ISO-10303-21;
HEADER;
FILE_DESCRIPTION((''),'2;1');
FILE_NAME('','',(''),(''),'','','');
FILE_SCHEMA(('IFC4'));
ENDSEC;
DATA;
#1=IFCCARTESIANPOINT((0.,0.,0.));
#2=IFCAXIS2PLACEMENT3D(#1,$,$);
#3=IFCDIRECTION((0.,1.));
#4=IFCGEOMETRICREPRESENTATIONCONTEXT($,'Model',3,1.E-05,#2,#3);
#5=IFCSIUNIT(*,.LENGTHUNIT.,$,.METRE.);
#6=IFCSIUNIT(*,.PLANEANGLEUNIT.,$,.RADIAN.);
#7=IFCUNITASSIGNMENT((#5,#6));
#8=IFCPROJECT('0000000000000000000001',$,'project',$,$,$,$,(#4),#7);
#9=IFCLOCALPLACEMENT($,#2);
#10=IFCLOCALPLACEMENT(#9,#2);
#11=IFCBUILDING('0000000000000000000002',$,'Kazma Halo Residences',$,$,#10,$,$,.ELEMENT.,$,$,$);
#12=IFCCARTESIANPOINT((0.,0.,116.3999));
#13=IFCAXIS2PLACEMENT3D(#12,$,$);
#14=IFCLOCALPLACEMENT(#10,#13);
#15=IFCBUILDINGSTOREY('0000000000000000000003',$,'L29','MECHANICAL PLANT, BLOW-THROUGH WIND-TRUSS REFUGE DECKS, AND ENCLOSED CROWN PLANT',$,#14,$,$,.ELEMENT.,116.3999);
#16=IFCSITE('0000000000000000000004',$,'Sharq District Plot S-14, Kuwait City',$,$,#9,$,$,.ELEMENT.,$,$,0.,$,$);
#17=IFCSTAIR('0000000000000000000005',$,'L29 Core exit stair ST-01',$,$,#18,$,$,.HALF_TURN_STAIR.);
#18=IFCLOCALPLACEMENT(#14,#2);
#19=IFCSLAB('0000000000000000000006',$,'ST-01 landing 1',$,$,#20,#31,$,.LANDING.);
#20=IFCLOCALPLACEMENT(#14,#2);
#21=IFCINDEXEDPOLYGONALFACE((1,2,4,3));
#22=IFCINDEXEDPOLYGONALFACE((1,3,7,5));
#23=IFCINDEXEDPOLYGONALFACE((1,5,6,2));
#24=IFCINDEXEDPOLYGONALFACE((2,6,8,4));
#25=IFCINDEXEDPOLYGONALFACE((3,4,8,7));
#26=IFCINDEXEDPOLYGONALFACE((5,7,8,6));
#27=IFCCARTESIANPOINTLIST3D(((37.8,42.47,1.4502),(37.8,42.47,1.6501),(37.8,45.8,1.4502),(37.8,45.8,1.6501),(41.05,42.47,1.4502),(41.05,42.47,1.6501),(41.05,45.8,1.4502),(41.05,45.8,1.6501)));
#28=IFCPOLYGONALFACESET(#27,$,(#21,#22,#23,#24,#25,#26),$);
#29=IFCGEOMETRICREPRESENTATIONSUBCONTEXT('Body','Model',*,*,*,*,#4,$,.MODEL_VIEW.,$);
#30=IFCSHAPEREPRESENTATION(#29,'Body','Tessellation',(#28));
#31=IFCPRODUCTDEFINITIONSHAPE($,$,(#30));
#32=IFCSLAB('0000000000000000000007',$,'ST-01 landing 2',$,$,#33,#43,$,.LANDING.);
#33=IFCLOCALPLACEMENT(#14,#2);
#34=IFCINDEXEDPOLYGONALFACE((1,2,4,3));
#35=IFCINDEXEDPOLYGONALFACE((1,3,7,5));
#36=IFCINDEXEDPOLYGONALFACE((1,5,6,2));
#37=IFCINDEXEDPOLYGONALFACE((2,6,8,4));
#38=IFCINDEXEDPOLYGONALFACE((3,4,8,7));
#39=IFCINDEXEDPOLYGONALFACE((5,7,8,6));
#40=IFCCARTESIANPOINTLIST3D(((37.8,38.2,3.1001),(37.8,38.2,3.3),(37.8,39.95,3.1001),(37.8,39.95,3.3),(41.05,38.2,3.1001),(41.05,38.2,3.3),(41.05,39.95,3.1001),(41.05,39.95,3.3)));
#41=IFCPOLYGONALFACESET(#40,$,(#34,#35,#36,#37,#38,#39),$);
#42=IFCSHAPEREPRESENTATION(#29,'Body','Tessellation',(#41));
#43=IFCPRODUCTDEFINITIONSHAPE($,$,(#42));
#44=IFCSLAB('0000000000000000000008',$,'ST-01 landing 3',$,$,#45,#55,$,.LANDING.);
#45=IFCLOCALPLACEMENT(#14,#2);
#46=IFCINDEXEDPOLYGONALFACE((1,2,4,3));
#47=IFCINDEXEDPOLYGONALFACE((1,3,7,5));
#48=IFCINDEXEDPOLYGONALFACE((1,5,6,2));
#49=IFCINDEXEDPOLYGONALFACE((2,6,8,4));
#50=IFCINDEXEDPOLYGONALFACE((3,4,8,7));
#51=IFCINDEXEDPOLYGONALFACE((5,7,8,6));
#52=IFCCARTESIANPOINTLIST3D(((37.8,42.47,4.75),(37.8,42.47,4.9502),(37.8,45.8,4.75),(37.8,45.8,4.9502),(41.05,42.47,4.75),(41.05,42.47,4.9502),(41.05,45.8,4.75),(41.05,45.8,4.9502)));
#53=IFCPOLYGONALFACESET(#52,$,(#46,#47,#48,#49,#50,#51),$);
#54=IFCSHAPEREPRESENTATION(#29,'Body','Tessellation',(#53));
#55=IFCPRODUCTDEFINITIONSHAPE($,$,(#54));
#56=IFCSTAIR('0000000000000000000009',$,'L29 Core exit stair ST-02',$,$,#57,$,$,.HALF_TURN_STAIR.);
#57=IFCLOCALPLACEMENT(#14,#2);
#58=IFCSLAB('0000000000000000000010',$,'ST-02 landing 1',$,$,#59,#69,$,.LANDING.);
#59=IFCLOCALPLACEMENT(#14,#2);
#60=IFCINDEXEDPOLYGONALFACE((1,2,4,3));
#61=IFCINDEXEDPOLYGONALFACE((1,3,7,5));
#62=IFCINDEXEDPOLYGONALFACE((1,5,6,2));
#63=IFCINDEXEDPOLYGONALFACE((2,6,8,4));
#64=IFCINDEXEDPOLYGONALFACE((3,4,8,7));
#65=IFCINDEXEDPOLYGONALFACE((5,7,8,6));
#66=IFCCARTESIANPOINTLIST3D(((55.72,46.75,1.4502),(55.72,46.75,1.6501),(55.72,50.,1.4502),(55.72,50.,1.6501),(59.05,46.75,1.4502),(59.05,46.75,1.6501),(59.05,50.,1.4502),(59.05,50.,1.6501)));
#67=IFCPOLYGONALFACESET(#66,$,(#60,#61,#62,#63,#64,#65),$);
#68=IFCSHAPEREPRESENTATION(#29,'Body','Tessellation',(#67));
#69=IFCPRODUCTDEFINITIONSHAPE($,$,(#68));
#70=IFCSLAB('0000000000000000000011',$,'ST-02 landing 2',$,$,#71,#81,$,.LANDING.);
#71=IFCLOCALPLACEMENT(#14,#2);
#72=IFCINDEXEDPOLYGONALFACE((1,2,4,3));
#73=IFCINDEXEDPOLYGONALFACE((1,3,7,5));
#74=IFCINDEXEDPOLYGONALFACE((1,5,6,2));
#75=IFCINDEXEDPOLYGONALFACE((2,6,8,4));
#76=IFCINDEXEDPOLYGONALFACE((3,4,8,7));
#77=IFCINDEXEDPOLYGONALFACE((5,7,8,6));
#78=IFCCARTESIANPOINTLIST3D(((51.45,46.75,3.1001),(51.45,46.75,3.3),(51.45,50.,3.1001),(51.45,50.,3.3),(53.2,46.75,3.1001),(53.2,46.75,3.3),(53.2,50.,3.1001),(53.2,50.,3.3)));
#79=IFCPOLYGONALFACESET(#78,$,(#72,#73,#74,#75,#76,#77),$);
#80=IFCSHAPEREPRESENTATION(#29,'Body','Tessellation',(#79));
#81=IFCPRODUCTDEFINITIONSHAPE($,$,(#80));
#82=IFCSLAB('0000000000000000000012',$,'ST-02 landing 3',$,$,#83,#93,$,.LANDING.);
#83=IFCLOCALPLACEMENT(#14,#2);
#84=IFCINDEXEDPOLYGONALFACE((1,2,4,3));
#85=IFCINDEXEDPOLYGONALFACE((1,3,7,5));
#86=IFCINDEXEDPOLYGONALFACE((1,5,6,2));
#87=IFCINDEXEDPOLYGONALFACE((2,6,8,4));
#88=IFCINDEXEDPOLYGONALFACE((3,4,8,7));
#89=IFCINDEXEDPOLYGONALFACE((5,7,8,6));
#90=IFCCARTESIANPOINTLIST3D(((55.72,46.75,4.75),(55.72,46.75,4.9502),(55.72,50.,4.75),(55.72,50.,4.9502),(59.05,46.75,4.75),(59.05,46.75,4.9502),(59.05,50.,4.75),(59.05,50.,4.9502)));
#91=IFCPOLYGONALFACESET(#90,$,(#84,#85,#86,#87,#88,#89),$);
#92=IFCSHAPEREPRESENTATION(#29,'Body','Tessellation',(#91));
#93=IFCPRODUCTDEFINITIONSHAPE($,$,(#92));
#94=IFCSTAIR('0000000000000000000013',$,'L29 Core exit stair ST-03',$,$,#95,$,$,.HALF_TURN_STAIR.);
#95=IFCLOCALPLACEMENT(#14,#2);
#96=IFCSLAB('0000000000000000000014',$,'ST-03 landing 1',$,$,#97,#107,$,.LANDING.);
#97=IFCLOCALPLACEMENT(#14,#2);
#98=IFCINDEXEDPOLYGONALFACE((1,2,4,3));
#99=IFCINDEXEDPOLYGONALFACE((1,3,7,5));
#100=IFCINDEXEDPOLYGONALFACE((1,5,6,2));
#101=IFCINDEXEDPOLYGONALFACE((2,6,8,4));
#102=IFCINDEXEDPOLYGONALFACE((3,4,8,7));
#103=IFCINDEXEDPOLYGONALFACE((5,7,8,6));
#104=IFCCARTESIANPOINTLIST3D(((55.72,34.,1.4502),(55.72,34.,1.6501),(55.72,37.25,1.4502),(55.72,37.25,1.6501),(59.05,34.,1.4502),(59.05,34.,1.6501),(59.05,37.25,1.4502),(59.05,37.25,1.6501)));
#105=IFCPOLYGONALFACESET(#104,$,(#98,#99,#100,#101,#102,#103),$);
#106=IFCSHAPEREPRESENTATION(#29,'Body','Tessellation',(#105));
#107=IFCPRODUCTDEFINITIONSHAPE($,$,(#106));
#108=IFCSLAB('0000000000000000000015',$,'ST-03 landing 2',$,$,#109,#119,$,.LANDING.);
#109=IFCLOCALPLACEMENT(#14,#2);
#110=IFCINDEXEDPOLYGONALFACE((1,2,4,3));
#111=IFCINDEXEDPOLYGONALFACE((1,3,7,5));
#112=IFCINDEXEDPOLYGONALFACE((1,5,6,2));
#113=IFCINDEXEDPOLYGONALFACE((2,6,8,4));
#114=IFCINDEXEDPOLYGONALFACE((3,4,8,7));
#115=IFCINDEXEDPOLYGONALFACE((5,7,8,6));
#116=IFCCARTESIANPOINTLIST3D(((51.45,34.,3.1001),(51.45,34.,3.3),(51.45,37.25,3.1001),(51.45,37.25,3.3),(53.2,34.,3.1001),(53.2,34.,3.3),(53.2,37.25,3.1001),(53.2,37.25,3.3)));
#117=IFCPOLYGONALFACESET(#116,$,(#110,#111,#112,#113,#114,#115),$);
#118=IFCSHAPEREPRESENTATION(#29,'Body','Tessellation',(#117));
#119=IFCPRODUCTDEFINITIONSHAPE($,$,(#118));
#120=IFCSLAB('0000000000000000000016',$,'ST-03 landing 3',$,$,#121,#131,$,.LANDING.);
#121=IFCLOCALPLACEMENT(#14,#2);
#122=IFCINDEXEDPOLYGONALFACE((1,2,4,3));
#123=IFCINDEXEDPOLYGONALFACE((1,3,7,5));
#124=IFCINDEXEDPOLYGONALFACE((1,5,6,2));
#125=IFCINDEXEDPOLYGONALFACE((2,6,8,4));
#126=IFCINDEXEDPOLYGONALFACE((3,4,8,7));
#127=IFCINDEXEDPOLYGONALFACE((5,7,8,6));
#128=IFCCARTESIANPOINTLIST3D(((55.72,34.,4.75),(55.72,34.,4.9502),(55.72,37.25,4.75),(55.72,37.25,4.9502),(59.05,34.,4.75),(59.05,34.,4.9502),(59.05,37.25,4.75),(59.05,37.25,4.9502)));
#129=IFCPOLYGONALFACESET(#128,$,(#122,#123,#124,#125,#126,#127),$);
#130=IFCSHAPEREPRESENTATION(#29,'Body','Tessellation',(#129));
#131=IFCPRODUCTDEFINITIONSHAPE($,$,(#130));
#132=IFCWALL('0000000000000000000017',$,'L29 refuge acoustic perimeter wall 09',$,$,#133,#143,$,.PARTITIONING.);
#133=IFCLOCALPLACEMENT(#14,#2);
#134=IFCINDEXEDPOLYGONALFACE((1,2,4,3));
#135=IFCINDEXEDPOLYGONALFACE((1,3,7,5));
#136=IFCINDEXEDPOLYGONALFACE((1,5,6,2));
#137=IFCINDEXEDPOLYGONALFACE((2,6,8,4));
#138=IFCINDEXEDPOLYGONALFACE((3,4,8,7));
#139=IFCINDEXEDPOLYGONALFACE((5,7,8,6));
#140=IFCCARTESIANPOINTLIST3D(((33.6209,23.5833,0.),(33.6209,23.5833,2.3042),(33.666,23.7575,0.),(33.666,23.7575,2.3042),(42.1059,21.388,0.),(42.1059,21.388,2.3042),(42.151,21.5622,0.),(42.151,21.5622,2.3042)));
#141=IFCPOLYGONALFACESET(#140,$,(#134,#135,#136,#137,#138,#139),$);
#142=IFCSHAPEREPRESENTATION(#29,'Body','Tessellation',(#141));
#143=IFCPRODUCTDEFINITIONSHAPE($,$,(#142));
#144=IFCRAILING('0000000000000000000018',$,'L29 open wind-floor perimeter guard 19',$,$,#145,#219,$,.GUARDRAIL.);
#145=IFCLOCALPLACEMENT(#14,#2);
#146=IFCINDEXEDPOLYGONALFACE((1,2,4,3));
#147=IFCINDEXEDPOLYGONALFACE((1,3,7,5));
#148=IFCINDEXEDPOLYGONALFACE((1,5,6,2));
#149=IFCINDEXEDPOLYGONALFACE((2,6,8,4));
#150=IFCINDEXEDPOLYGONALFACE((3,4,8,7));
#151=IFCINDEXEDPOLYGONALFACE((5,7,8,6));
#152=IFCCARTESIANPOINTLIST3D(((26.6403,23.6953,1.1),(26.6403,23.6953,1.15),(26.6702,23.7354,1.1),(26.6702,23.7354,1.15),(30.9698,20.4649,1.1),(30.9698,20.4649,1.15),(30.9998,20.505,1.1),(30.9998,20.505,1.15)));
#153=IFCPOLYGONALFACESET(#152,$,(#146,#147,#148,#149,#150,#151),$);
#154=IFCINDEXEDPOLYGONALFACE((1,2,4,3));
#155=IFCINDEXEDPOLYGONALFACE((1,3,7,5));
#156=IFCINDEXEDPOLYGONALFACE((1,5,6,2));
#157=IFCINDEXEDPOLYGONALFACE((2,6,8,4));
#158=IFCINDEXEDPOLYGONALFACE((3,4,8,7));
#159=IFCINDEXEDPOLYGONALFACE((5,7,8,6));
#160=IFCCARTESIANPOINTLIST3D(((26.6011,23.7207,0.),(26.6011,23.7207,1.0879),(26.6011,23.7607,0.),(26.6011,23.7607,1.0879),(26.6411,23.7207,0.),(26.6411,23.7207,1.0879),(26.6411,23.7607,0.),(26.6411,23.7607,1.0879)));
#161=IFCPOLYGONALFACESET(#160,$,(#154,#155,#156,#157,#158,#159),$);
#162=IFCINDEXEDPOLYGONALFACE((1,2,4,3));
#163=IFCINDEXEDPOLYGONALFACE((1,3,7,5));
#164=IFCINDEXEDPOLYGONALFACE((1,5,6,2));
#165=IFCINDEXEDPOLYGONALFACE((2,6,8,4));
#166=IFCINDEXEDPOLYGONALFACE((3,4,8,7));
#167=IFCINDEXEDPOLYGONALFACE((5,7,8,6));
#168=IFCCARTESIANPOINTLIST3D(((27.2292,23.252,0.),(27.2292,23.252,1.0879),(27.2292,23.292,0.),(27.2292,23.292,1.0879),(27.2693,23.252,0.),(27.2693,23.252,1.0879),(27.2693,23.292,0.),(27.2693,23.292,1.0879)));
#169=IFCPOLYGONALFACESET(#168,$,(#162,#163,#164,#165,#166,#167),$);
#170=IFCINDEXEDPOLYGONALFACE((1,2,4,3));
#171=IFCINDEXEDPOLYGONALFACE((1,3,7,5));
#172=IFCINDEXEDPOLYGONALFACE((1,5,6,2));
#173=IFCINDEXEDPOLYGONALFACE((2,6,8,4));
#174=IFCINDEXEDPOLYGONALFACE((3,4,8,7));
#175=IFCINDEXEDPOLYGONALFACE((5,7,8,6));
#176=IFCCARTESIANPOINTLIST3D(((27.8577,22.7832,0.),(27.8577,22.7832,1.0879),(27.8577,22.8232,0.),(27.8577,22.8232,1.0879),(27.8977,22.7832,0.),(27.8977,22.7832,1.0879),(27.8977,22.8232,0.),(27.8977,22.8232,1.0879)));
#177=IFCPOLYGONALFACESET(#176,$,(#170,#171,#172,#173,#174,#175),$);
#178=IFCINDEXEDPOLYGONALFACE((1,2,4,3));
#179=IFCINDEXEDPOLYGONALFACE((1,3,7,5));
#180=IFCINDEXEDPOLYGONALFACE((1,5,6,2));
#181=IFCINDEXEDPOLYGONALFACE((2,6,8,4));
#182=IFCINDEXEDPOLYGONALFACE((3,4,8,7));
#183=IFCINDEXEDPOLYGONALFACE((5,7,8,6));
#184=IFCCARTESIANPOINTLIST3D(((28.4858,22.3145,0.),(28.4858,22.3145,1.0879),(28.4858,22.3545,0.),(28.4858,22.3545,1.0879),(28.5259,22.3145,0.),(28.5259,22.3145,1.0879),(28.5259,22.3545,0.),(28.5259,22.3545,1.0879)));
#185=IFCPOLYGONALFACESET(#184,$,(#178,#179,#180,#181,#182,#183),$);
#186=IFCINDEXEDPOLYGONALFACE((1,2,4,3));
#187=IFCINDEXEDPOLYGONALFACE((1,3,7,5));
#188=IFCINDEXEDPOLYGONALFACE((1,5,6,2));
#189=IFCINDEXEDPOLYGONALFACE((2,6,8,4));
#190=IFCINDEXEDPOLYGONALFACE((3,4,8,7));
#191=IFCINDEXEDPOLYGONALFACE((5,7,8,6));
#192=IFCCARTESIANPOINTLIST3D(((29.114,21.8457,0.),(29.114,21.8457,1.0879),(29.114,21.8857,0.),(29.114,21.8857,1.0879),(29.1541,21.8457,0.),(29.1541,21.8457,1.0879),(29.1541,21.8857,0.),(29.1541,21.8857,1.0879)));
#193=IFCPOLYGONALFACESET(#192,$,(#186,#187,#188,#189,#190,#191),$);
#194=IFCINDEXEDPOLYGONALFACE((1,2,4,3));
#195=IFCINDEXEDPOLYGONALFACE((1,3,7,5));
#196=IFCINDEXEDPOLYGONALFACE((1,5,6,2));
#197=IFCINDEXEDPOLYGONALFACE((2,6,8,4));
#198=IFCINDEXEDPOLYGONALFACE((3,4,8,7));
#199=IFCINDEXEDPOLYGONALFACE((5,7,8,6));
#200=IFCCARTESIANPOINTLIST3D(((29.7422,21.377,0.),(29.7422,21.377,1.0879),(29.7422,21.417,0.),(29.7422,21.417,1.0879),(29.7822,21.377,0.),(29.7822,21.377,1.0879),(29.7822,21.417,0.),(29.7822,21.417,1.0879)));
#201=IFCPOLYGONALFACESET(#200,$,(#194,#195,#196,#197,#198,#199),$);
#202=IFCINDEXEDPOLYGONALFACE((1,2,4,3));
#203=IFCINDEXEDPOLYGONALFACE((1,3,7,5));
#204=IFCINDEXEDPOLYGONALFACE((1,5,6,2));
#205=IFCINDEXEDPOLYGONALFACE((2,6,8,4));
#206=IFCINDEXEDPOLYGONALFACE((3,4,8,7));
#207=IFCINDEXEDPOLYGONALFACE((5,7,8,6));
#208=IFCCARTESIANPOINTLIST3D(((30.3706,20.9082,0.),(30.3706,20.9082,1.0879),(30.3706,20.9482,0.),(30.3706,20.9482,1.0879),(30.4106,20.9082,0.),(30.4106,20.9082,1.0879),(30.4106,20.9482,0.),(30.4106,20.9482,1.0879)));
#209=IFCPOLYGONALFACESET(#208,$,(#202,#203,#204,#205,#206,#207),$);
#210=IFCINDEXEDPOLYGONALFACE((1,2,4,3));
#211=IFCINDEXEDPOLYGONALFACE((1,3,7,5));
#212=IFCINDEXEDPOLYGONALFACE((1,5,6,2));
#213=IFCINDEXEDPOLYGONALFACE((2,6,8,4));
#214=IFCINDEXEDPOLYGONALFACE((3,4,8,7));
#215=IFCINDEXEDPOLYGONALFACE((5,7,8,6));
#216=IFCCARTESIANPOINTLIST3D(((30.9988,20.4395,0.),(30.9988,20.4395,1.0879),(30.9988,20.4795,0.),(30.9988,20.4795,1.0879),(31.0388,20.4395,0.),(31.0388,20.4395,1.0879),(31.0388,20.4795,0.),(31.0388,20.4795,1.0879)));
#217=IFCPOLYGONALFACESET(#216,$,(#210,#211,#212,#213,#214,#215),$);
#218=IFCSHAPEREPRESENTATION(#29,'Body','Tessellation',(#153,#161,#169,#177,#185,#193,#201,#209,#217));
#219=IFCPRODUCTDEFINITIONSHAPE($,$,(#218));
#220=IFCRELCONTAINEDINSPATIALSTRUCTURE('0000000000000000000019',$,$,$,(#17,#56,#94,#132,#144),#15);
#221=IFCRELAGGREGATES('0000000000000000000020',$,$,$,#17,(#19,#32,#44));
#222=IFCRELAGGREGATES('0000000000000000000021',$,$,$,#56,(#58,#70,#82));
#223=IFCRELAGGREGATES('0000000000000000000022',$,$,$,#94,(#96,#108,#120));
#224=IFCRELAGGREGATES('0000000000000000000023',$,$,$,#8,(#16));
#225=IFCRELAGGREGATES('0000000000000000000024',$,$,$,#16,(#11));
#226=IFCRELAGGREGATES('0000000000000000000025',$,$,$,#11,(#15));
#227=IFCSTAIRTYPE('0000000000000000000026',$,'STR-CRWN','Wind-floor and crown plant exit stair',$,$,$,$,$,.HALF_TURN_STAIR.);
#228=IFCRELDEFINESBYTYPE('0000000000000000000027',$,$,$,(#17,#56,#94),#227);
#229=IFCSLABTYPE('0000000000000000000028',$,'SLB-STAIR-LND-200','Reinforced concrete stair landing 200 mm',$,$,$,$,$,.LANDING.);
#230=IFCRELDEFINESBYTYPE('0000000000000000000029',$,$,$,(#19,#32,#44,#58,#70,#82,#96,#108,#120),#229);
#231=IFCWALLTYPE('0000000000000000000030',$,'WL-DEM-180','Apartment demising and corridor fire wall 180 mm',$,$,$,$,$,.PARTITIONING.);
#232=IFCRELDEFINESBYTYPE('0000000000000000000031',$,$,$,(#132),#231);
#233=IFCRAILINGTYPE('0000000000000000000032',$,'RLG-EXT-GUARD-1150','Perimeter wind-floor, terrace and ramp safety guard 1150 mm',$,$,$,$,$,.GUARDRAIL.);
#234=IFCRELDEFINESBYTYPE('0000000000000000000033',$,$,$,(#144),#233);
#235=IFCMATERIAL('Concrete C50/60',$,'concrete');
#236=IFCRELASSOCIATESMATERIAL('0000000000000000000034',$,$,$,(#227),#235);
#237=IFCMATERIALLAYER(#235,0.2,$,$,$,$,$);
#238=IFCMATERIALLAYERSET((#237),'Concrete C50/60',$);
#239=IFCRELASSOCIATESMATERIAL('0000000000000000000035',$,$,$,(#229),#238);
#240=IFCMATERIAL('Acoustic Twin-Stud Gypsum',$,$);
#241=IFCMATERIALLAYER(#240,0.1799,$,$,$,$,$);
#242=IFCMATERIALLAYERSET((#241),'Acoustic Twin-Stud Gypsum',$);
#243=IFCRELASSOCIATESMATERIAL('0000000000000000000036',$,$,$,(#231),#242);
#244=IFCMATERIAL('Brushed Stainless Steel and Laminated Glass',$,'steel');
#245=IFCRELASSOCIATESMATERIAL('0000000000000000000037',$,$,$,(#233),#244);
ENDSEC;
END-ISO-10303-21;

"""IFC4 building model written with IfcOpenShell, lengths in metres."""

from ifc_helpers import new_model, si_unit, direction, frame, frame_2d, origin, origin_2d, place, context, subcontext, project, spatial, polyline, rectangle, outline, extrude, material, layer, layer_set, type_object, element, aggregate, save


model = new_model("IFC4")

# Units and contexts
model_context = context("Model", 3, precision=1e-05, world=origin(), true_north=direction((0.0, 1.0)))
body_context = subcontext(model_context, "Body", "Model", "MODEL_VIEW")
ifc_project = project(units=[si_unit("LENGTHUNIT", "METRE"), si_unit("PLANEANGLEUNIT", "RADIAN")], contexts=[model_context])

# Site, building, storey
site_placement = place(None, origin())
site = spatial("IfcSite", under=ifc_project, at=site_placement, Name="Sharq District Plot S-14, Kuwait City", CompositionType="ELEMENT", RefElevation=0.0)
building_placement = place(site_placement, origin())
building = spatial("IfcBuilding", under=site, at=building_placement, Name="Kazma Halo Residences", CompositionType="ELEMENT")
storey_placement = place(building_placement, frame((0.0, 0.0, 116.3999)))
storey = spatial("IfcBuildingStorey", under=building, at=storey_placement, Name="L29", Description="MECHANICAL PLANT, BLOW-THROUGH WIND-TRUSS REFUGE DECKS, AND ENCLOSED CROWN PLANT", CompositionType="ELEMENT", Elevation=116.3999)

# Shared definitions
ifc_material_1 = material(Name="Concrete C50/60", Category="concrete")

# Stairs, slabs
stair_type = type_object("IfcStairType", Name="STR-CRWN", Description="Wind-floor and crown plant exit stair", PredefinedType="HALF_TURN_STAIR", material=ifc_material_1)
stair_1_placement = place(storey_placement, origin())
stair_1 = element("IfcStair", 1, at=stair_1_placement, inside=storey, type_object=stair_type, Name="L29 Core exit stair ST-01", PredefinedType="HALF_TURN_STAIR")
ifc_layer_1 = layer(ifc_material_1, 0.2)
ifc_layer_set_1 = layer_set([ifc_layer_1], Name="Concrete C50/60")
slab_type_1 = type_object("IfcSlabType", Name="SLB-STAIR-LND-200", Description="Reinforced concrete stair landing 200 mm", PredefinedType="LANDING", material=ifc_layer_set_1)
slab_1_placement = place(storey_placement, frame((0.0, 0.0, 1.4502)))
slab_1 = element("IfcSlab", 2, at=slab_1_placement, type_object=slab_type_1, Name="ST-01 landing 1", PredefinedType="LANDING", context=body_context, shape_type="SweptSolid", body=[
    extrude(outline(polyline([(41.05, 42.47), (41.05, 45.8), (37.8, 45.8), (37.8, 42.47), (41.05, 42.47)])), origin(), (0.0, 0.0, 1.0), 0.2),
])
slab_2_placement = place(storey_placement, frame((0.0, 0.0, 3.1001)))
slab_2 = element("IfcSlab", 3, at=slab_2_placement, type_object=slab_type_1, Name="ST-01 landing 2", PredefinedType="LANDING", context=body_context, shape_type="SweptSolid", body=[
    extrude(outline(polyline([(41.05, 38.2), (41.05, 39.95), (37.8, 39.95), (37.8, 38.2), (41.05, 38.2)])), origin(), (0.0, 0.0, 1.0), 0.2),
])
slab_3_placement = place(storey_placement, frame((0.0, 0.0, 4.75)))
slab_3 = element("IfcSlab", 4, at=slab_3_placement, type_object=slab_type_1, Name="ST-01 landing 3", PredefinedType="LANDING", context=body_context, shape_type="SweptSolid", body=[
    extrude(outline(polyline([(41.05, 42.47), (41.05, 45.8), (37.8, 45.8), (37.8, 42.47), (41.05, 42.47)])), origin(), (0.0, 0.0, 1.0), 0.2002),
])
aggregate(stair_1, [slab_1, slab_2, slab_3])
stair_2_placement = place(storey_placement, origin())
stair_2 = element("IfcStair", 5, at=stair_2_placement, inside=storey, type_object=stair_type, Name="L29 Core exit stair ST-02", PredefinedType="HALF_TURN_STAIR")
slab_4_placement = place(storey_placement, frame((0.0, 0.0, 1.4502)))
slab_4 = element("IfcSlab", 6, at=slab_4_placement, type_object=slab_type_1, Name="ST-02 landing 1", PredefinedType="LANDING", context=body_context, shape_type="SweptSolid", body=[
    extrude(outline(polyline([(55.72, 46.75), (59.05, 46.75), (59.05, 50.0), (55.72, 50.0), (55.72, 46.75)])), origin(), (0.0, 0.0, 1.0), 0.2),
])
slab_5_placement = place(storey_placement, frame((0.0, 0.0, 3.1001)))
slab_5 = element("IfcSlab", 7, at=slab_5_placement, type_object=slab_type_1, Name="ST-02 landing 2", PredefinedType="LANDING", context=body_context, shape_type="SweptSolid", body=[
    extrude(outline(polyline([(51.45, 46.75), (53.2, 46.75), (53.2, 50.0), (51.45, 50.0), (51.45, 46.75)])), origin(), (0.0, 0.0, 1.0), 0.2),
])
slab_6_placement = place(storey_placement, frame((0.0, 0.0, 4.75)))
slab_6 = element("IfcSlab", 8, at=slab_6_placement, type_object=slab_type_1, Name="ST-02 landing 3", PredefinedType="LANDING", context=body_context, shape_type="SweptSolid", body=[
    extrude(outline(polyline([(55.72, 46.75), (59.05, 46.75), (59.05, 50.0), (55.72, 50.0), (55.72, 46.75)])), origin(), (0.0, 0.0, 1.0), 0.2002),
])
aggregate(stair_2, [slab_4, slab_5, slab_6])
stair_3_placement = place(storey_placement, origin())
stair_3 = element("IfcStair", 9, at=stair_3_placement, inside=storey, type_object=stair_type, Name="L29 Core exit stair ST-03", PredefinedType="HALF_TURN_STAIR")
slab_7_placement = place(storey_placement, frame((0.0, 0.0, 1.4502)))
slab_7 = element("IfcSlab", 10, at=slab_7_placement, type_object=slab_type_1, Name="ST-03 landing 1", PredefinedType="LANDING", context=body_context, shape_type="SweptSolid", body=[
    extrude(outline(polyline([(55.72, 34.0), (59.05, 34.0), (59.05, 37.25), (55.72, 37.25), (55.72, 34.0)])), origin(), (0.0, 0.0, 1.0), 0.2),
])
slab_8_placement = place(storey_placement, frame((0.0, 0.0, 3.1001)))
slab_8 = element("IfcSlab", 11, at=slab_8_placement, type_object=slab_type_1, Name="ST-03 landing 2", PredefinedType="LANDING", context=body_context, shape_type="SweptSolid", body=[
    extrude(outline(polyline([(51.45, 34.0), (53.2, 34.0), (53.2, 37.25), (51.45, 37.25), (51.45, 34.0)])), origin(), (0.0, 0.0, 1.0), 0.2),
])
slab_9_placement = place(storey_placement, frame((0.0, 0.0, 4.75)))
slab_9 = element("IfcSlab", 12, at=slab_9_placement, type_object=slab_type_1, Name="ST-03 landing 3", PredefinedType="LANDING", context=body_context, shape_type="SweptSolid", body=[
    extrude(outline(polyline([(55.72, 34.0), (59.05, 34.0), (59.05, 37.25), (55.72, 37.25), (55.72, 34.0)])), origin(), (0.0, 0.0, 1.0), 0.2002),
])
aggregate(stair_3, [slab_7, slab_8, slab_9])

# Wall
ifc_material_2 = material(Name="Acoustic Twin-Stud Gypsum")
ifc_layer_2 = layer(ifc_material_2, 0.1799)
ifc_layer_set_2 = layer_set([ifc_layer_2], Name="Acoustic Twin-Stud Gypsum")
wall_type = type_object("IfcWallType", Name="WL-DEM-180", Description="Apartment demising and corridor fire wall 180 mm", PredefinedType="PARTITIONING", material=ifc_layer_set_2)
wall_placement = place(storey_placement, frame((33.6433, 23.6704, 0.0), z_axis=(0.0, 0.0, 1.0), x_axis=(0.968122, -0.250478, 0.0)))
element("IfcWall", 13, at=wall_placement, inside=storey, type_object=wall_type, Name="L29 refuge acoustic perimeter wall 09", PredefinedType="PARTITIONING", context=body_context, shape_type="SweptSolid", body=[
    extrude(rectangle(XDim=8.7644, YDim=0.1799, at=frame_2d((4.3823, 0.0))), origin(), (0.0, 0.0, 1.0), 2.3042),
])

# Railing
ifc_material_3 = material(Name="Brushed Stainless Steel and Laminated Glass", Category="steel")
railing_type = type_object("IfcRailingType", Name="RLG-EXT-GUARD-1150", Description="Perimeter wind-floor, terrace and ramp safety guard 1150 mm", PredefinedType="GUARDRAIL", material=ifc_material_3)
railing_1_placement = place(storey_placement, frame((26.6211, 23.7407, 0.0)))
element("IfcRailing", 14, at=railing_1_placement, inside=storey, type_object=railing_type, Name="L29 open wind-floor perimeter guard 19", PredefinedType="GUARDRAIL", context=body_context, shape_type="SweptSolid", body=[
    extrude(rectangle(XDim=0.05, YDim=0.05, at=origin_2d()), frame((0.0342, -0.0254, 1.125), z_axis=(0.801487, -0.598012, 0.0), x_axis=(0.598012, 0.801487, 0.0)), (0.0, 0.0, 1.0), 5.4019),
    extrude(rectangle(XDim=0.04, YDim=0.04, at=origin_2d()), origin(), (0.0, 0.0, 1.0), 1.0879),
    extrude(rectangle(XDim=0.04, YDim=0.04, at=origin_2d()), frame((0.6282, -0.4688, 0.0)), (0.0, 0.0, 1.0), 1.0879),
    extrude(rectangle(XDim=0.04, YDim=0.04, at=origin_2d()), frame((1.2566, -0.9375, 0.0)), (0.0, 0.0, 1.0), 1.0879),
    extrude(rectangle(XDim=0.04, YDim=0.04, at=origin_2d()), frame((1.8848, -1.4062, 0.0)), (0.0, 0.0, 1.0), 1.0879),
    extrude(rectangle(XDim=0.04, YDim=0.04, at=origin_2d()), frame((2.5129, -1.875, 0.0)), (0.0, 0.0, 1.0), 1.0879),
    extrude(rectangle(XDim=0.04, YDim=0.04, at=origin_2d()), frame((3.1411, -2.3438, 0.0)), (0.0, 0.0, 1.0), 1.0879),
    extrude(rectangle(XDim=0.04, YDim=0.04, at=origin_2d()), frame((3.7695, -2.8125, 0.0)), (0.0, 0.0, 1.0), 1.0879),
    extrude(rectangle(XDim=0.04, YDim=0.04, at=origin_2d()), frame((4.3977, -3.2812, 0.0)), (0.0, 0.0, 1.0), 1.0879),
])

save(model, "model.ifc")
